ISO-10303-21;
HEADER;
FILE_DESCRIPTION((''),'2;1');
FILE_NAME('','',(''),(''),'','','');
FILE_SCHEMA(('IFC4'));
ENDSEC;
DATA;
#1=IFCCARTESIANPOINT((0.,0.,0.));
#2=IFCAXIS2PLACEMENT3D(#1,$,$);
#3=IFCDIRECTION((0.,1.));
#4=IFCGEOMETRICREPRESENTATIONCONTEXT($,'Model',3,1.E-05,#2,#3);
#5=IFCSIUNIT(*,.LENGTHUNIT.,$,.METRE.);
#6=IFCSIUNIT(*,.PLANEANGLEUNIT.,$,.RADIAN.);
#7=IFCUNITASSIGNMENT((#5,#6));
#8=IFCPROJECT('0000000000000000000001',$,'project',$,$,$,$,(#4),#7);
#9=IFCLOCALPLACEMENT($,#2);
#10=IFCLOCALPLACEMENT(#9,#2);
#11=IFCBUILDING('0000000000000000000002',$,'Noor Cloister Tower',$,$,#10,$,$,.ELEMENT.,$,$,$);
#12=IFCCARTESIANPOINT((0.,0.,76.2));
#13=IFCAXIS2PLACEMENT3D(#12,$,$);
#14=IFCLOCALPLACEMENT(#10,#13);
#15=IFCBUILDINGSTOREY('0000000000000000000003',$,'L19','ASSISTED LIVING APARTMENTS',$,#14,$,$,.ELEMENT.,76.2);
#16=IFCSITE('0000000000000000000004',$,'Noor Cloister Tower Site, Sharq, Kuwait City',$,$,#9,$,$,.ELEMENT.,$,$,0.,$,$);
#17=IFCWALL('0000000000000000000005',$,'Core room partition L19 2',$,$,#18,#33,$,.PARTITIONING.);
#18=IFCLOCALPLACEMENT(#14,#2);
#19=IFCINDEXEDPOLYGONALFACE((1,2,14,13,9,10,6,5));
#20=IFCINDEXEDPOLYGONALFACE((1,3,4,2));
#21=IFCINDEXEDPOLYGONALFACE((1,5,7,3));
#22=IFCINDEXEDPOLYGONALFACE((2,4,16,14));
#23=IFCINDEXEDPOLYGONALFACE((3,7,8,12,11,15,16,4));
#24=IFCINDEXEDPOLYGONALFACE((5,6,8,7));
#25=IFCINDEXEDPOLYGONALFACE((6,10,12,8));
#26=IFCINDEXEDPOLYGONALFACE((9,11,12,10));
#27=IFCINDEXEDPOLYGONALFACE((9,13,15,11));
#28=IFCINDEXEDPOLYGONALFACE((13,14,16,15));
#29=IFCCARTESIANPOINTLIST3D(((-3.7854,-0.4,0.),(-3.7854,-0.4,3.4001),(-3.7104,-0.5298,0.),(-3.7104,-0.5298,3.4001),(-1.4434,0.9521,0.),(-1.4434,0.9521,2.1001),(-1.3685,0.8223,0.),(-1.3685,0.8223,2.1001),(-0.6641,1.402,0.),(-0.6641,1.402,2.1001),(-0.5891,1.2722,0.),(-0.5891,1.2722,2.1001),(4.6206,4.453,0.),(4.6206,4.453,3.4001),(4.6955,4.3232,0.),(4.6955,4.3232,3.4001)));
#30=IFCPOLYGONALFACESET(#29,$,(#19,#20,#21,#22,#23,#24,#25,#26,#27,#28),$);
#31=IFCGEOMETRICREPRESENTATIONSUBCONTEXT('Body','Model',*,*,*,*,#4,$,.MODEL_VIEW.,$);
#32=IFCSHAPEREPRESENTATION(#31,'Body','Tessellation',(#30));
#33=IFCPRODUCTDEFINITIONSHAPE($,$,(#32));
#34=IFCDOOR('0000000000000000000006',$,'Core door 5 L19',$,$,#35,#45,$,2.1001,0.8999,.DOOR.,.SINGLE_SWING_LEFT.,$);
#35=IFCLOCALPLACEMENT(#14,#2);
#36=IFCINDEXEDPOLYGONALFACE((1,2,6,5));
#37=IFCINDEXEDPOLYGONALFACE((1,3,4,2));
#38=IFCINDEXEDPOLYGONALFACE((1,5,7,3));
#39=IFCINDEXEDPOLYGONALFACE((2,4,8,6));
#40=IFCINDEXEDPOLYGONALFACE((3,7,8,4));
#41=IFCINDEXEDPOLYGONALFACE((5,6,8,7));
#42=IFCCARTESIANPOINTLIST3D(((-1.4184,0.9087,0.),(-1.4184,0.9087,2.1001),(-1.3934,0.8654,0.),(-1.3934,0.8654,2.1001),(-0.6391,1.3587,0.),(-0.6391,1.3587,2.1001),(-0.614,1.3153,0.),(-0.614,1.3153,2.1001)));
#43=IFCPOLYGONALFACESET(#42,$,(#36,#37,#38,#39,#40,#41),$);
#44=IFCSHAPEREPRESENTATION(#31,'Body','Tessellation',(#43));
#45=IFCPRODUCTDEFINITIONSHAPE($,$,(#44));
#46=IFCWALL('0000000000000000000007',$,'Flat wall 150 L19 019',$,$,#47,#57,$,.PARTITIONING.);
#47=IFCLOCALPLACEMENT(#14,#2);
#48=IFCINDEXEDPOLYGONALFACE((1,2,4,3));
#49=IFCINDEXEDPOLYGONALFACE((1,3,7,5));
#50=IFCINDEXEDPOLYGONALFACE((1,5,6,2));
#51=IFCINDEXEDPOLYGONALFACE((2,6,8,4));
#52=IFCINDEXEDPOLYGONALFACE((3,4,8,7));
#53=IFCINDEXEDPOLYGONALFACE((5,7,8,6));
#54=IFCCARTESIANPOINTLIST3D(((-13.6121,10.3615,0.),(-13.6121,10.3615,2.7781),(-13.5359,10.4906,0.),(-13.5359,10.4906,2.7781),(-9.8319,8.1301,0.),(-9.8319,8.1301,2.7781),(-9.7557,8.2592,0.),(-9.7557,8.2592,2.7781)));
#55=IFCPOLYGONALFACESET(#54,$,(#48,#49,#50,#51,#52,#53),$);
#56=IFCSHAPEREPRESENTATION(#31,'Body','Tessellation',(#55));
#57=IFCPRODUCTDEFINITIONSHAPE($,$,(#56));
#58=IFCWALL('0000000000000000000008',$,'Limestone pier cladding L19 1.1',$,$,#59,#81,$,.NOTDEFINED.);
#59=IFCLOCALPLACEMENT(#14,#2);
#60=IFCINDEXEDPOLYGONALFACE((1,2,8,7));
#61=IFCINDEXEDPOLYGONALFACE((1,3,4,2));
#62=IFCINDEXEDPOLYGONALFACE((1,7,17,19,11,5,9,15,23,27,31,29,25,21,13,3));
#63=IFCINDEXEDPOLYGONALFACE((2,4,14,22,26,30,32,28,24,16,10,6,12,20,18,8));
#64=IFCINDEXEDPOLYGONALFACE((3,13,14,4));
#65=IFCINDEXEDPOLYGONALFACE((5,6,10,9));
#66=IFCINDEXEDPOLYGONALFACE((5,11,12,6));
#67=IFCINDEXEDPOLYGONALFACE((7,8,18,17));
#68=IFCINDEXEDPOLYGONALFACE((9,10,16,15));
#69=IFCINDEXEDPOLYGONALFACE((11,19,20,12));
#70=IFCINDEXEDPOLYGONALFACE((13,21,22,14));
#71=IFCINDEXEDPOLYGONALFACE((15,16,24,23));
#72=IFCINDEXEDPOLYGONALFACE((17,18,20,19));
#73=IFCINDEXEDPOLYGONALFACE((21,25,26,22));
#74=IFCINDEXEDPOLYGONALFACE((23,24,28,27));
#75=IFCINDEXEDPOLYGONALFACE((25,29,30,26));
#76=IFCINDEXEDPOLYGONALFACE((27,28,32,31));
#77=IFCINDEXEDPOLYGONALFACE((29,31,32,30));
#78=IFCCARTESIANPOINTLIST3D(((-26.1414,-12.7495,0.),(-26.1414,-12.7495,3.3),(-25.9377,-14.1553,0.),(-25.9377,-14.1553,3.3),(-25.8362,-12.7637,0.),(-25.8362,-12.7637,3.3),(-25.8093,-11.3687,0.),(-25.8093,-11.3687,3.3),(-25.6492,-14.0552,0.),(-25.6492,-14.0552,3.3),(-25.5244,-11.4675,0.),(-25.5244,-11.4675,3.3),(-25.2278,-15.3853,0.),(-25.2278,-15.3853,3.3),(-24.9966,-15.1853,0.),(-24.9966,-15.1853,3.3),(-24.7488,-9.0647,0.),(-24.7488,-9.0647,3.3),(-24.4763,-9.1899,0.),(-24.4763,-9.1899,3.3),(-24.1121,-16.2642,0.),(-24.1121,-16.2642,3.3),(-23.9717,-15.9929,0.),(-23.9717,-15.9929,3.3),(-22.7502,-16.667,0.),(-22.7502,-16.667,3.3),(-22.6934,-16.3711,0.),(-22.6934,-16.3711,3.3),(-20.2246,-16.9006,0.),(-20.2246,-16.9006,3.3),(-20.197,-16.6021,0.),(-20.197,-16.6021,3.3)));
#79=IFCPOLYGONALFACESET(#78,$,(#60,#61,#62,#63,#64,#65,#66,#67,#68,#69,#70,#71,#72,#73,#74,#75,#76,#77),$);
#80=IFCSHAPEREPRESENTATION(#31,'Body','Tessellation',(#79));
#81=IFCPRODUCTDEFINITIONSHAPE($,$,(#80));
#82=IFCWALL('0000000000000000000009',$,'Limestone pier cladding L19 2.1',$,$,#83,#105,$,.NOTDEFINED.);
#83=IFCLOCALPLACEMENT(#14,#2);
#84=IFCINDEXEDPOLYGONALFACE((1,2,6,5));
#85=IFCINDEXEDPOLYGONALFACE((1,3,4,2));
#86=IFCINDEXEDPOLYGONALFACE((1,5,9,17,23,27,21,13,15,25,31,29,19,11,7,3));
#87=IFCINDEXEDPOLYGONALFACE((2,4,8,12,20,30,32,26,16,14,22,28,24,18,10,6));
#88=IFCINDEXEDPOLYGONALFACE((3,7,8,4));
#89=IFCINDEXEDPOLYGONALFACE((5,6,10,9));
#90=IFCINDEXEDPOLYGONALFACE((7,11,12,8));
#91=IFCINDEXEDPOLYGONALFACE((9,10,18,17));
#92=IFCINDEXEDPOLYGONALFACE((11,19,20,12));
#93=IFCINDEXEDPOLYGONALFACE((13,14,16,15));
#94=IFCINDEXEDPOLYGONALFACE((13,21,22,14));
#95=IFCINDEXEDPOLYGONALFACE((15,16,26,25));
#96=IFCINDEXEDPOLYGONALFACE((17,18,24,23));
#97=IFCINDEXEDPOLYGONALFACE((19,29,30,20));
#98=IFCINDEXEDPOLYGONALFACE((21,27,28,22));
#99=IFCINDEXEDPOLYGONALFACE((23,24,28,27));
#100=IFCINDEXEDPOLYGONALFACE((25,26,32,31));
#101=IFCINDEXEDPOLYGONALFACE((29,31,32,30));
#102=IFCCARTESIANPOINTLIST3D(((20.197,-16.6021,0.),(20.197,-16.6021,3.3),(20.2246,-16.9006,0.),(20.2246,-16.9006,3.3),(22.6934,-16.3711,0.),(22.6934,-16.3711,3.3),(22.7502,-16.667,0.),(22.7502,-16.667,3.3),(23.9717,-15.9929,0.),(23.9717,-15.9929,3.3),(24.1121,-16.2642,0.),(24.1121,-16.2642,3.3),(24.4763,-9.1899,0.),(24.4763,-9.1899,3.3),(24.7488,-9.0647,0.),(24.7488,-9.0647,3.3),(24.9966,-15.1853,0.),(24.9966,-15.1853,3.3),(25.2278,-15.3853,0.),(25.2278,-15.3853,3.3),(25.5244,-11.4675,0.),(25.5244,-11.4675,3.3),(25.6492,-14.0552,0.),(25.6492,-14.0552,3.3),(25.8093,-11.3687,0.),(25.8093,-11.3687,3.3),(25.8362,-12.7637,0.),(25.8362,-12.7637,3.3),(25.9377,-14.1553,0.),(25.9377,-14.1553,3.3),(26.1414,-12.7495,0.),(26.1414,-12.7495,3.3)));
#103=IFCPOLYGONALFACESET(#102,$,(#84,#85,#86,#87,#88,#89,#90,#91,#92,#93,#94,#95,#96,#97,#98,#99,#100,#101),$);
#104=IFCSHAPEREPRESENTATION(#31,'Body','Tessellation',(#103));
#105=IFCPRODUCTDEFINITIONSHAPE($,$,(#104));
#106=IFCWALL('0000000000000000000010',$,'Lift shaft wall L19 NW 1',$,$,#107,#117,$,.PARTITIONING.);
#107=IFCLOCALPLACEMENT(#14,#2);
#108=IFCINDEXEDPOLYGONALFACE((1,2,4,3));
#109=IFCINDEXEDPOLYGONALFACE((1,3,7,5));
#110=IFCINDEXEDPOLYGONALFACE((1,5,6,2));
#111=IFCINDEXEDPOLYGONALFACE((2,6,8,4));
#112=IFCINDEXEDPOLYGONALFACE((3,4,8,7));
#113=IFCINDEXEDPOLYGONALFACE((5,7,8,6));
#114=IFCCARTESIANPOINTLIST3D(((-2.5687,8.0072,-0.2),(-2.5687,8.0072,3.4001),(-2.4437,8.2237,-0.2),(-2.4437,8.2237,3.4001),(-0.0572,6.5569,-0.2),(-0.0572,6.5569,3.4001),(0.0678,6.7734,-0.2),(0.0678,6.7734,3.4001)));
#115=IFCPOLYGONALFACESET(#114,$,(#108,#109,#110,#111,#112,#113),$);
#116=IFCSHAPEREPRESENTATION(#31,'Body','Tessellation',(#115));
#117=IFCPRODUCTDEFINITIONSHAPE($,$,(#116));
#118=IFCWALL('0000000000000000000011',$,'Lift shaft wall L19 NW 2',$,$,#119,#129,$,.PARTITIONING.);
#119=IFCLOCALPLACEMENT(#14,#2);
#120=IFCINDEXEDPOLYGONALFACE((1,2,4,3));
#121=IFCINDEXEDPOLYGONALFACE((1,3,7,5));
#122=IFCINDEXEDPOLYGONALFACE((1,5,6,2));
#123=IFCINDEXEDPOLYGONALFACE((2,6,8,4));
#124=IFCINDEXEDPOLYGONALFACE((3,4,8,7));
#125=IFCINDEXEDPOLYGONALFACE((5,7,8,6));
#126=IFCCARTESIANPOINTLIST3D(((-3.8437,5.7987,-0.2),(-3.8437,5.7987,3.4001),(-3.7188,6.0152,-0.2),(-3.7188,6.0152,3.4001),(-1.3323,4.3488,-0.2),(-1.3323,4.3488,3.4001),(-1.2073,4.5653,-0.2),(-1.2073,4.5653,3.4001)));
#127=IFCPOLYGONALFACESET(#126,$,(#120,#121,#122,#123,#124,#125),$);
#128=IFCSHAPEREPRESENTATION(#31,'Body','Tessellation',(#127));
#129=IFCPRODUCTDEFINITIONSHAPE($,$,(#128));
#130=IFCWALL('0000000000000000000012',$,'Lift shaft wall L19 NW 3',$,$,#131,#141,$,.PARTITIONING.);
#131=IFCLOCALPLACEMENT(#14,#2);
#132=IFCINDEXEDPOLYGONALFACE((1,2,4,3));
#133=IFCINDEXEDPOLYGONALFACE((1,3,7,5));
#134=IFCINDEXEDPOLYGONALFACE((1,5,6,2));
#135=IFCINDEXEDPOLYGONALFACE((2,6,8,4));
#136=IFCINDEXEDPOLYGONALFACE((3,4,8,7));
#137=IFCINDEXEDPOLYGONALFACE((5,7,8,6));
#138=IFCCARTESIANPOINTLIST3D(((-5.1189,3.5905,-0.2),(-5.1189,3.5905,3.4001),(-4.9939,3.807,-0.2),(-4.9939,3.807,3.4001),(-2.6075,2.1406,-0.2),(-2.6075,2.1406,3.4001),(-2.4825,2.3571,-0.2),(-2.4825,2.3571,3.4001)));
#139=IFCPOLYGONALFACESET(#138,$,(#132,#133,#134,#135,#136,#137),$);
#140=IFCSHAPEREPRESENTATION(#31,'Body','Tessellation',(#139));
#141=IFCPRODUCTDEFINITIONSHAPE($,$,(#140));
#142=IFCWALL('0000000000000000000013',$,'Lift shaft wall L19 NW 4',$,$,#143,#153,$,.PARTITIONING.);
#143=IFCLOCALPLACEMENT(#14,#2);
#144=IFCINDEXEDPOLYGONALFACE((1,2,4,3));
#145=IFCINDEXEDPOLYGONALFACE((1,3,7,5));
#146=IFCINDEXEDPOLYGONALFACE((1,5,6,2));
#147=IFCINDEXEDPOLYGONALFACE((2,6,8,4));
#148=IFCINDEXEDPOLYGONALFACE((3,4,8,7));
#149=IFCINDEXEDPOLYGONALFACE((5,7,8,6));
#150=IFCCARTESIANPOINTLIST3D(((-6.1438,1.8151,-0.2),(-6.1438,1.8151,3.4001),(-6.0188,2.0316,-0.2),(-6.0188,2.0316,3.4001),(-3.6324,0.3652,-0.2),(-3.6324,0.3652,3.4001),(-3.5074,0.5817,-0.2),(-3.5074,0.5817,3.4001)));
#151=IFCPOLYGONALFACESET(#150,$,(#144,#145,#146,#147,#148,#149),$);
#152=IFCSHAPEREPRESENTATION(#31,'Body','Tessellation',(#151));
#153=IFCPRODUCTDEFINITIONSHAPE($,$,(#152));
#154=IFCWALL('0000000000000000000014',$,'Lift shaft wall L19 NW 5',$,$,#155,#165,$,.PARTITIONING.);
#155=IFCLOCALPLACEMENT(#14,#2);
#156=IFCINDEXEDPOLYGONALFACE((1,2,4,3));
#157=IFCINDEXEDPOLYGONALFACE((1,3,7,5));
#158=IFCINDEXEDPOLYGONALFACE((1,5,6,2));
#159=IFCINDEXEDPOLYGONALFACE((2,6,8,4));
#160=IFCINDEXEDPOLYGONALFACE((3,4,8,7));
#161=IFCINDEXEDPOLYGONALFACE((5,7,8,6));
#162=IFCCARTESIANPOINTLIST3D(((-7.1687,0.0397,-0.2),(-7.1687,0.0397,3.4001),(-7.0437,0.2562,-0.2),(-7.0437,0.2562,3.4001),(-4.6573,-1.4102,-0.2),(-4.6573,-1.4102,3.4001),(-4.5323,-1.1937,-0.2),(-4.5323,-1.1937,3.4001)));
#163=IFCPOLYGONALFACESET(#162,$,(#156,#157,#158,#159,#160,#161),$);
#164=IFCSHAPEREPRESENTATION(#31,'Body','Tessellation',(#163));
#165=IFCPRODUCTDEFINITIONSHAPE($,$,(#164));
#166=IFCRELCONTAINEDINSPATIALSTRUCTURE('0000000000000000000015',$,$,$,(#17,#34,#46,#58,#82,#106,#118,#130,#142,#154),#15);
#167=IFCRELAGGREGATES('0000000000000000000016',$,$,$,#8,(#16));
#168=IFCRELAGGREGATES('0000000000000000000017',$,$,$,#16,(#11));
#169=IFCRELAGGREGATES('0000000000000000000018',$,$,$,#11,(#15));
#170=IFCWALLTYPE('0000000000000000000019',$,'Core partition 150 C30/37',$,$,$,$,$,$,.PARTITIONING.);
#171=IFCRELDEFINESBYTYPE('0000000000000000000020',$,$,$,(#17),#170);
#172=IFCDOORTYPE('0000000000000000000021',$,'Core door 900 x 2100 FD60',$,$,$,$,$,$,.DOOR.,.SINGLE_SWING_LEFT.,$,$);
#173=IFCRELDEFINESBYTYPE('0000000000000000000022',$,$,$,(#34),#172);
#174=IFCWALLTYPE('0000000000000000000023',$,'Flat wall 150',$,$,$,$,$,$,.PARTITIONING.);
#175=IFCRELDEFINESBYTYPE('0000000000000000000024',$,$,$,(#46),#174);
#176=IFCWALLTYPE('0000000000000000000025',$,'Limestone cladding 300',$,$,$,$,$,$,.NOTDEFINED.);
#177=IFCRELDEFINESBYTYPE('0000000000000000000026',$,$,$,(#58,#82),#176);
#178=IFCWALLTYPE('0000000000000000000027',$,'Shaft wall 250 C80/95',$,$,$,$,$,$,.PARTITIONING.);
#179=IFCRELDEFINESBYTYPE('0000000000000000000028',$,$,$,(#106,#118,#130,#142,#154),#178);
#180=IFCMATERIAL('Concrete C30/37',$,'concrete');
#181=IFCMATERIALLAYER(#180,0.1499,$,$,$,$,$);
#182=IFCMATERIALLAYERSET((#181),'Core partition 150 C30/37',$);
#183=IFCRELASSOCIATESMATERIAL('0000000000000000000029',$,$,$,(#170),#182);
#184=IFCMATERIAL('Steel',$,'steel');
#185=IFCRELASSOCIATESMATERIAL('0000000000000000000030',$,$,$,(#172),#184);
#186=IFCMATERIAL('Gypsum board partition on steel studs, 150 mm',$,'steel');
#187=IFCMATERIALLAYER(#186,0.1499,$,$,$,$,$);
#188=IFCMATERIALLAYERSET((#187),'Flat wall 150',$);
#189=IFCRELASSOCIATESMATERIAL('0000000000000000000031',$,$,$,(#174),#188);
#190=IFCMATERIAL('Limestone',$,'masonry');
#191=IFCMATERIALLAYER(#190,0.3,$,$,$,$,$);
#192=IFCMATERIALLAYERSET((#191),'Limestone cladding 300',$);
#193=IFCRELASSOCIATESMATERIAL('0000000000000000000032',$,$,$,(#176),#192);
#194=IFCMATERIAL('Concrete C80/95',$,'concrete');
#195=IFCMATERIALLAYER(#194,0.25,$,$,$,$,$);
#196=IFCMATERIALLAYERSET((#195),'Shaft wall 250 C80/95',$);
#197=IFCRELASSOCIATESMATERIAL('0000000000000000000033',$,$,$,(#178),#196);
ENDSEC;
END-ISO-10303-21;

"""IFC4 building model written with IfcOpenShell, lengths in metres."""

from ifc_helpers import new_model, si_unit, direction, frame, frame_2d, origin, place, context, subcontext, project, spatial, polyline, rectangle, outline, extrude, material, layer, layer_set, type_object, element, fill, save


model = new_model("IFC4")

# Units and contexts
model_context = context("Model", 3, precision=1e-05, world=origin(), true_north=direction((0.0, 1.0)))
body_context = subcontext(model_context, "Body", "Model", "MODEL_VIEW")
ifc_project = project(units=[si_unit("LENGTHUNIT", "METRE"), si_unit("PLANEANGLEUNIT", "RADIAN")], contexts=[model_context])

# Site, building, storey
site_placement = place(None, origin())
site = spatial("IfcSite", under=ifc_project, at=site_placement, Name="Noor Cloister Tower Site, Sharq, Kuwait City", CompositionType="ELEMENT", RefElevation=0.0)
building_placement = place(site_placement, origin())
building = spatial("IfcBuilding", under=site, at=building_placement, Name="Noor Cloister Tower", CompositionType="ELEMENT")
storey_placement = place(building_placement, frame((0.0, 0.0, 76.2)))
storey = spatial("IfcBuildingStorey", under=building, at=storey_placement, Name="L19", Description="ASSISTED LIVING APARTMENTS", CompositionType="ELEMENT", Elevation=76.2)

# Wall, opening, door
ifc_material_1 = material(Name="Concrete C30/37", Category="concrete")
ifc_layer_1 = layer(ifc_material_1, 0.1499)
ifc_layer_set_1 = layer_set([ifc_layer_1], Name="Core partition 150 C30/37")
wall_type_1 = type_object("IfcWallType", Name="Core partition 150 C30/37", PredefinedType="PARTITIONING", material=ifc_layer_set_1)
wall_1_placement = place(storey_placement, frame((-3.7478, -0.4648, 0.0), z_axis=(0.0, 0.0, 1.0), x_axis=(0.866034, 0.499986, 0.0)))
wall_1 = element("IfcWall", 1, at=wall_1_placement, inside=storey, type_object=wall_type_1, Name="Core room partition L19 2", PredefinedType="PARTITIONING", context=body_context, shape_type="SweptSolid", body=[
    extrude(rectangle(XDim=9.7063, YDim=0.1499, at=frame_2d((4.853, 0.0))), origin(), (0.0, 0.0, 1.0), 3.4001),
])
opening_placement = place(wall_1_placement, frame((2.7041, 0.0, 0.0)))
opening = element("IfcOpeningElement", 2, at=opening_placement, cuts=wall_1, PredefinedType="OPENING", context=body_context, shape_type="SweptSolid", body=[
    extrude(rectangle(XDim=0.8999, YDim=2.1001, at=frame_2d((0.45, 1.05))), frame((0.0, 0.085, 0.0), z_axis=(0.0, -1.0, 0.0), x_axis=(1.0, 0.0, 0.0)), (0.0, 0.0, 1.0), 0.1699),
])
ifc_material_2 = material(Name="Steel", Category="steel")
door_type = type_object("IfcDoorType", Name="Core door 900 x 2100 FD60", OperationType="SINGLE_SWING_LEFT", PredefinedType="DOOR", material=ifc_material_2)
door_placement = place(opening_placement, origin())
door = element("IfcDoor", 3, at=door_placement, inside=storey, type_object=door_type, Name="Core door 5 L19", OperationType="SINGLE_SWING_LEFT", OverallHeight=2.1001, OverallWidth=0.8999, PredefinedType="DOOR", context=body_context, shape_type="SweptSolid", body=[
    extrude(rectangle(XDim=0.8999, YDim=2.1001, at=frame_2d((0.45, 1.05))), frame((0.0, 0.0249, 0.0), z_axis=(0.0, -1.0, 0.0), x_axis=(1.0, 0.0, 0.0)), (0.0, 0.0, 1.0), 0.05),
])
fill(opening, door)

# Walls
ifc_material_3 = material(Name="Gypsum board partition on steel studs, 150 mm", Category="steel")
ifc_layer_2 = layer(ifc_material_3, 0.1499)
ifc_layer_set_2 = layer_set([ifc_layer_2], Name="Flat wall 150")
wall_type_2 = type_object("IfcWallType", Name="Flat wall 150", PredefinedType="PARTITIONING", material=ifc_layer_set_2)
wall_2_placement = place(storey_placement, frame((-13.574, 10.426, 0.0), z_axis=(0.0, 0.0, 1.0), x_axis=(0.861161, -0.508332, 0.0)))
element("IfcWall", 4, at=wall_2_placement, inside=storey, type_object=wall_type_2, Name="Flat wall 150 L19 019", PredefinedType="PARTITIONING", context=body_context, shape_type="SweptSolid", body=[
    extrude(rectangle(XDim=4.3896, YDim=0.1499, at=frame_2d((2.1948, 0.0))), origin(), (0.0, 0.0, 1.0), 2.7781),
])
ifc_material_4 = material(Name="Limestone", Category="masonry")
ifc_layer_3 = layer(ifc_material_4, 0.3)
ifc_layer_set_3 = layer_set([ifc_layer_3], Name="Limestone cladding 300")
wall_type_3 = type_object("IfcWallType", Name="Limestone cladding 300", PredefinedType="NOTDEFINED", material=ifc_layer_set_3)
wall_3_placement = place(storey_placement, origin())
element("IfcWall", 5, at=wall_3_placement, inside=storey, type_object=wall_type_3, Name="Limestone pier cladding L19 1.1", PredefinedType="NOTDEFINED", context=body_context, shape_type="SweptSolid", body=[
    extrude(outline(polyline([(-24.7488, -9.0647), (-25.8093, -11.3687), (-26.1414, -12.7495), (-25.9377, -14.1553), (-25.2278, -15.3853), (-24.1121, -16.2642), (-22.7502, -16.667), (-20.2246, -16.9006), (-20.197, -16.6021), (-22.6934, -16.3711), (-23.9717, -15.9929), (-24.9966, -15.1853), (-25.6492, -14.0552), (-25.8362, -12.7637), (-25.5244, -11.4675), (-24.4763, -9.1899), (-24.7488, -9.0647)])), origin(), (0.0, 0.0, 1.0), 3.3),
])
wall_4_placement = place(storey_placement, origin())
element("IfcWall", 6, at=wall_4_placement, inside=storey, type_object=wall_type_3, Name="Limestone pier cladding L19 2.1", PredefinedType="NOTDEFINED", context=body_context, shape_type="SweptSolid", body=[
    extrude(outline(polyline([(20.2246, -16.9006), (22.7502, -16.667), (24.1121, -16.2642), (25.2278, -15.3853), (25.9377, -14.1553), (26.1414, -12.7495), (25.8093, -11.3687), (24.7488, -9.0647), (24.4763, -9.1899), (25.5244, -11.4675), (25.8362, -12.7637), (25.6492, -14.0552), (24.9966, -15.1853), (23.9717, -15.9929), (22.6934, -16.3711), (20.197, -16.6021), (20.2246, -16.9006)])), origin(), (0.0, 0.0, 1.0), 3.3),
])
ifc_material_5 = material(Name="Concrete C80/95", Category="concrete")
ifc_layer_4 = layer(ifc_material_5, 0.25)
ifc_layer_set_4 = layer_set([ifc_layer_4], Name="Shaft wall 250 C80/95")
wall_type_4 = type_object("IfcWallType", Name="Shaft wall 250 C80/95", PredefinedType="PARTITIONING", material=ifc_layer_set_4)
wall_5_placement = place(storey_placement, frame((-2.5063, 8.1155, -0.2), z_axis=(0.0, 0.0, 1.0), x_axis=(0.865996, -0.50005, 0.0)))
element("IfcWall", 7, at=wall_5_placement, inside=storey, type_object=wall_type_4, Name="Lift shaft wall L19 NW 1", PredefinedType="PARTITIONING", context=body_context, shape_type="SweptSolid", body=[
    extrude(rectangle(XDim=2.9001, YDim=0.25, at=frame_2d((1.4502, 0.0))), origin(), (0.0, 0.0, 1.0), 3.6001),
])
for number, where, z_axis, x_axis, name in (
    (8, (-3.7812, 5.907, -0.2), (0.0, 0.0, 1.0), (0.866033, -0.499987, 0.0), "Lift shaft wall L19 NW 2"),
    (9, (-5.0564, 3.6987, -0.2), (0.0, 0.0, 1.0), (0.866033, -0.499987, 0.0), "Lift shaft wall L19 NW 3"),
    (10, (-6.0813, 1.9233, -0.2), (0.0, 0.0, 1.0), (0.866033, -0.499987, 0.0), "Lift shaft wall L19 NW 4"),
    (11, (-7.1062, 0.1479, -0.2), (0.0, 0.0, 1.0), (0.866033, -0.499987, 0.0), "Lift shaft wall L19 NW 5"),
):
    element("IfcWall", number, at=place(storey_placement, frame(where, z_axis=z_axis, x_axis=x_axis)), inside=storey, type_object=wall_type_4, Name=name, PredefinedType="PARTITIONING", context=body_context, shape_type="SweptSolid", body=[
        extrude(rectangle(XDim=2.8999, YDim=0.25, at=frame_2d((1.45, 0.0))), origin(), (0.0, 0.0, 1.0), 3.6001),
    ])

save(model, "model.ifc")
